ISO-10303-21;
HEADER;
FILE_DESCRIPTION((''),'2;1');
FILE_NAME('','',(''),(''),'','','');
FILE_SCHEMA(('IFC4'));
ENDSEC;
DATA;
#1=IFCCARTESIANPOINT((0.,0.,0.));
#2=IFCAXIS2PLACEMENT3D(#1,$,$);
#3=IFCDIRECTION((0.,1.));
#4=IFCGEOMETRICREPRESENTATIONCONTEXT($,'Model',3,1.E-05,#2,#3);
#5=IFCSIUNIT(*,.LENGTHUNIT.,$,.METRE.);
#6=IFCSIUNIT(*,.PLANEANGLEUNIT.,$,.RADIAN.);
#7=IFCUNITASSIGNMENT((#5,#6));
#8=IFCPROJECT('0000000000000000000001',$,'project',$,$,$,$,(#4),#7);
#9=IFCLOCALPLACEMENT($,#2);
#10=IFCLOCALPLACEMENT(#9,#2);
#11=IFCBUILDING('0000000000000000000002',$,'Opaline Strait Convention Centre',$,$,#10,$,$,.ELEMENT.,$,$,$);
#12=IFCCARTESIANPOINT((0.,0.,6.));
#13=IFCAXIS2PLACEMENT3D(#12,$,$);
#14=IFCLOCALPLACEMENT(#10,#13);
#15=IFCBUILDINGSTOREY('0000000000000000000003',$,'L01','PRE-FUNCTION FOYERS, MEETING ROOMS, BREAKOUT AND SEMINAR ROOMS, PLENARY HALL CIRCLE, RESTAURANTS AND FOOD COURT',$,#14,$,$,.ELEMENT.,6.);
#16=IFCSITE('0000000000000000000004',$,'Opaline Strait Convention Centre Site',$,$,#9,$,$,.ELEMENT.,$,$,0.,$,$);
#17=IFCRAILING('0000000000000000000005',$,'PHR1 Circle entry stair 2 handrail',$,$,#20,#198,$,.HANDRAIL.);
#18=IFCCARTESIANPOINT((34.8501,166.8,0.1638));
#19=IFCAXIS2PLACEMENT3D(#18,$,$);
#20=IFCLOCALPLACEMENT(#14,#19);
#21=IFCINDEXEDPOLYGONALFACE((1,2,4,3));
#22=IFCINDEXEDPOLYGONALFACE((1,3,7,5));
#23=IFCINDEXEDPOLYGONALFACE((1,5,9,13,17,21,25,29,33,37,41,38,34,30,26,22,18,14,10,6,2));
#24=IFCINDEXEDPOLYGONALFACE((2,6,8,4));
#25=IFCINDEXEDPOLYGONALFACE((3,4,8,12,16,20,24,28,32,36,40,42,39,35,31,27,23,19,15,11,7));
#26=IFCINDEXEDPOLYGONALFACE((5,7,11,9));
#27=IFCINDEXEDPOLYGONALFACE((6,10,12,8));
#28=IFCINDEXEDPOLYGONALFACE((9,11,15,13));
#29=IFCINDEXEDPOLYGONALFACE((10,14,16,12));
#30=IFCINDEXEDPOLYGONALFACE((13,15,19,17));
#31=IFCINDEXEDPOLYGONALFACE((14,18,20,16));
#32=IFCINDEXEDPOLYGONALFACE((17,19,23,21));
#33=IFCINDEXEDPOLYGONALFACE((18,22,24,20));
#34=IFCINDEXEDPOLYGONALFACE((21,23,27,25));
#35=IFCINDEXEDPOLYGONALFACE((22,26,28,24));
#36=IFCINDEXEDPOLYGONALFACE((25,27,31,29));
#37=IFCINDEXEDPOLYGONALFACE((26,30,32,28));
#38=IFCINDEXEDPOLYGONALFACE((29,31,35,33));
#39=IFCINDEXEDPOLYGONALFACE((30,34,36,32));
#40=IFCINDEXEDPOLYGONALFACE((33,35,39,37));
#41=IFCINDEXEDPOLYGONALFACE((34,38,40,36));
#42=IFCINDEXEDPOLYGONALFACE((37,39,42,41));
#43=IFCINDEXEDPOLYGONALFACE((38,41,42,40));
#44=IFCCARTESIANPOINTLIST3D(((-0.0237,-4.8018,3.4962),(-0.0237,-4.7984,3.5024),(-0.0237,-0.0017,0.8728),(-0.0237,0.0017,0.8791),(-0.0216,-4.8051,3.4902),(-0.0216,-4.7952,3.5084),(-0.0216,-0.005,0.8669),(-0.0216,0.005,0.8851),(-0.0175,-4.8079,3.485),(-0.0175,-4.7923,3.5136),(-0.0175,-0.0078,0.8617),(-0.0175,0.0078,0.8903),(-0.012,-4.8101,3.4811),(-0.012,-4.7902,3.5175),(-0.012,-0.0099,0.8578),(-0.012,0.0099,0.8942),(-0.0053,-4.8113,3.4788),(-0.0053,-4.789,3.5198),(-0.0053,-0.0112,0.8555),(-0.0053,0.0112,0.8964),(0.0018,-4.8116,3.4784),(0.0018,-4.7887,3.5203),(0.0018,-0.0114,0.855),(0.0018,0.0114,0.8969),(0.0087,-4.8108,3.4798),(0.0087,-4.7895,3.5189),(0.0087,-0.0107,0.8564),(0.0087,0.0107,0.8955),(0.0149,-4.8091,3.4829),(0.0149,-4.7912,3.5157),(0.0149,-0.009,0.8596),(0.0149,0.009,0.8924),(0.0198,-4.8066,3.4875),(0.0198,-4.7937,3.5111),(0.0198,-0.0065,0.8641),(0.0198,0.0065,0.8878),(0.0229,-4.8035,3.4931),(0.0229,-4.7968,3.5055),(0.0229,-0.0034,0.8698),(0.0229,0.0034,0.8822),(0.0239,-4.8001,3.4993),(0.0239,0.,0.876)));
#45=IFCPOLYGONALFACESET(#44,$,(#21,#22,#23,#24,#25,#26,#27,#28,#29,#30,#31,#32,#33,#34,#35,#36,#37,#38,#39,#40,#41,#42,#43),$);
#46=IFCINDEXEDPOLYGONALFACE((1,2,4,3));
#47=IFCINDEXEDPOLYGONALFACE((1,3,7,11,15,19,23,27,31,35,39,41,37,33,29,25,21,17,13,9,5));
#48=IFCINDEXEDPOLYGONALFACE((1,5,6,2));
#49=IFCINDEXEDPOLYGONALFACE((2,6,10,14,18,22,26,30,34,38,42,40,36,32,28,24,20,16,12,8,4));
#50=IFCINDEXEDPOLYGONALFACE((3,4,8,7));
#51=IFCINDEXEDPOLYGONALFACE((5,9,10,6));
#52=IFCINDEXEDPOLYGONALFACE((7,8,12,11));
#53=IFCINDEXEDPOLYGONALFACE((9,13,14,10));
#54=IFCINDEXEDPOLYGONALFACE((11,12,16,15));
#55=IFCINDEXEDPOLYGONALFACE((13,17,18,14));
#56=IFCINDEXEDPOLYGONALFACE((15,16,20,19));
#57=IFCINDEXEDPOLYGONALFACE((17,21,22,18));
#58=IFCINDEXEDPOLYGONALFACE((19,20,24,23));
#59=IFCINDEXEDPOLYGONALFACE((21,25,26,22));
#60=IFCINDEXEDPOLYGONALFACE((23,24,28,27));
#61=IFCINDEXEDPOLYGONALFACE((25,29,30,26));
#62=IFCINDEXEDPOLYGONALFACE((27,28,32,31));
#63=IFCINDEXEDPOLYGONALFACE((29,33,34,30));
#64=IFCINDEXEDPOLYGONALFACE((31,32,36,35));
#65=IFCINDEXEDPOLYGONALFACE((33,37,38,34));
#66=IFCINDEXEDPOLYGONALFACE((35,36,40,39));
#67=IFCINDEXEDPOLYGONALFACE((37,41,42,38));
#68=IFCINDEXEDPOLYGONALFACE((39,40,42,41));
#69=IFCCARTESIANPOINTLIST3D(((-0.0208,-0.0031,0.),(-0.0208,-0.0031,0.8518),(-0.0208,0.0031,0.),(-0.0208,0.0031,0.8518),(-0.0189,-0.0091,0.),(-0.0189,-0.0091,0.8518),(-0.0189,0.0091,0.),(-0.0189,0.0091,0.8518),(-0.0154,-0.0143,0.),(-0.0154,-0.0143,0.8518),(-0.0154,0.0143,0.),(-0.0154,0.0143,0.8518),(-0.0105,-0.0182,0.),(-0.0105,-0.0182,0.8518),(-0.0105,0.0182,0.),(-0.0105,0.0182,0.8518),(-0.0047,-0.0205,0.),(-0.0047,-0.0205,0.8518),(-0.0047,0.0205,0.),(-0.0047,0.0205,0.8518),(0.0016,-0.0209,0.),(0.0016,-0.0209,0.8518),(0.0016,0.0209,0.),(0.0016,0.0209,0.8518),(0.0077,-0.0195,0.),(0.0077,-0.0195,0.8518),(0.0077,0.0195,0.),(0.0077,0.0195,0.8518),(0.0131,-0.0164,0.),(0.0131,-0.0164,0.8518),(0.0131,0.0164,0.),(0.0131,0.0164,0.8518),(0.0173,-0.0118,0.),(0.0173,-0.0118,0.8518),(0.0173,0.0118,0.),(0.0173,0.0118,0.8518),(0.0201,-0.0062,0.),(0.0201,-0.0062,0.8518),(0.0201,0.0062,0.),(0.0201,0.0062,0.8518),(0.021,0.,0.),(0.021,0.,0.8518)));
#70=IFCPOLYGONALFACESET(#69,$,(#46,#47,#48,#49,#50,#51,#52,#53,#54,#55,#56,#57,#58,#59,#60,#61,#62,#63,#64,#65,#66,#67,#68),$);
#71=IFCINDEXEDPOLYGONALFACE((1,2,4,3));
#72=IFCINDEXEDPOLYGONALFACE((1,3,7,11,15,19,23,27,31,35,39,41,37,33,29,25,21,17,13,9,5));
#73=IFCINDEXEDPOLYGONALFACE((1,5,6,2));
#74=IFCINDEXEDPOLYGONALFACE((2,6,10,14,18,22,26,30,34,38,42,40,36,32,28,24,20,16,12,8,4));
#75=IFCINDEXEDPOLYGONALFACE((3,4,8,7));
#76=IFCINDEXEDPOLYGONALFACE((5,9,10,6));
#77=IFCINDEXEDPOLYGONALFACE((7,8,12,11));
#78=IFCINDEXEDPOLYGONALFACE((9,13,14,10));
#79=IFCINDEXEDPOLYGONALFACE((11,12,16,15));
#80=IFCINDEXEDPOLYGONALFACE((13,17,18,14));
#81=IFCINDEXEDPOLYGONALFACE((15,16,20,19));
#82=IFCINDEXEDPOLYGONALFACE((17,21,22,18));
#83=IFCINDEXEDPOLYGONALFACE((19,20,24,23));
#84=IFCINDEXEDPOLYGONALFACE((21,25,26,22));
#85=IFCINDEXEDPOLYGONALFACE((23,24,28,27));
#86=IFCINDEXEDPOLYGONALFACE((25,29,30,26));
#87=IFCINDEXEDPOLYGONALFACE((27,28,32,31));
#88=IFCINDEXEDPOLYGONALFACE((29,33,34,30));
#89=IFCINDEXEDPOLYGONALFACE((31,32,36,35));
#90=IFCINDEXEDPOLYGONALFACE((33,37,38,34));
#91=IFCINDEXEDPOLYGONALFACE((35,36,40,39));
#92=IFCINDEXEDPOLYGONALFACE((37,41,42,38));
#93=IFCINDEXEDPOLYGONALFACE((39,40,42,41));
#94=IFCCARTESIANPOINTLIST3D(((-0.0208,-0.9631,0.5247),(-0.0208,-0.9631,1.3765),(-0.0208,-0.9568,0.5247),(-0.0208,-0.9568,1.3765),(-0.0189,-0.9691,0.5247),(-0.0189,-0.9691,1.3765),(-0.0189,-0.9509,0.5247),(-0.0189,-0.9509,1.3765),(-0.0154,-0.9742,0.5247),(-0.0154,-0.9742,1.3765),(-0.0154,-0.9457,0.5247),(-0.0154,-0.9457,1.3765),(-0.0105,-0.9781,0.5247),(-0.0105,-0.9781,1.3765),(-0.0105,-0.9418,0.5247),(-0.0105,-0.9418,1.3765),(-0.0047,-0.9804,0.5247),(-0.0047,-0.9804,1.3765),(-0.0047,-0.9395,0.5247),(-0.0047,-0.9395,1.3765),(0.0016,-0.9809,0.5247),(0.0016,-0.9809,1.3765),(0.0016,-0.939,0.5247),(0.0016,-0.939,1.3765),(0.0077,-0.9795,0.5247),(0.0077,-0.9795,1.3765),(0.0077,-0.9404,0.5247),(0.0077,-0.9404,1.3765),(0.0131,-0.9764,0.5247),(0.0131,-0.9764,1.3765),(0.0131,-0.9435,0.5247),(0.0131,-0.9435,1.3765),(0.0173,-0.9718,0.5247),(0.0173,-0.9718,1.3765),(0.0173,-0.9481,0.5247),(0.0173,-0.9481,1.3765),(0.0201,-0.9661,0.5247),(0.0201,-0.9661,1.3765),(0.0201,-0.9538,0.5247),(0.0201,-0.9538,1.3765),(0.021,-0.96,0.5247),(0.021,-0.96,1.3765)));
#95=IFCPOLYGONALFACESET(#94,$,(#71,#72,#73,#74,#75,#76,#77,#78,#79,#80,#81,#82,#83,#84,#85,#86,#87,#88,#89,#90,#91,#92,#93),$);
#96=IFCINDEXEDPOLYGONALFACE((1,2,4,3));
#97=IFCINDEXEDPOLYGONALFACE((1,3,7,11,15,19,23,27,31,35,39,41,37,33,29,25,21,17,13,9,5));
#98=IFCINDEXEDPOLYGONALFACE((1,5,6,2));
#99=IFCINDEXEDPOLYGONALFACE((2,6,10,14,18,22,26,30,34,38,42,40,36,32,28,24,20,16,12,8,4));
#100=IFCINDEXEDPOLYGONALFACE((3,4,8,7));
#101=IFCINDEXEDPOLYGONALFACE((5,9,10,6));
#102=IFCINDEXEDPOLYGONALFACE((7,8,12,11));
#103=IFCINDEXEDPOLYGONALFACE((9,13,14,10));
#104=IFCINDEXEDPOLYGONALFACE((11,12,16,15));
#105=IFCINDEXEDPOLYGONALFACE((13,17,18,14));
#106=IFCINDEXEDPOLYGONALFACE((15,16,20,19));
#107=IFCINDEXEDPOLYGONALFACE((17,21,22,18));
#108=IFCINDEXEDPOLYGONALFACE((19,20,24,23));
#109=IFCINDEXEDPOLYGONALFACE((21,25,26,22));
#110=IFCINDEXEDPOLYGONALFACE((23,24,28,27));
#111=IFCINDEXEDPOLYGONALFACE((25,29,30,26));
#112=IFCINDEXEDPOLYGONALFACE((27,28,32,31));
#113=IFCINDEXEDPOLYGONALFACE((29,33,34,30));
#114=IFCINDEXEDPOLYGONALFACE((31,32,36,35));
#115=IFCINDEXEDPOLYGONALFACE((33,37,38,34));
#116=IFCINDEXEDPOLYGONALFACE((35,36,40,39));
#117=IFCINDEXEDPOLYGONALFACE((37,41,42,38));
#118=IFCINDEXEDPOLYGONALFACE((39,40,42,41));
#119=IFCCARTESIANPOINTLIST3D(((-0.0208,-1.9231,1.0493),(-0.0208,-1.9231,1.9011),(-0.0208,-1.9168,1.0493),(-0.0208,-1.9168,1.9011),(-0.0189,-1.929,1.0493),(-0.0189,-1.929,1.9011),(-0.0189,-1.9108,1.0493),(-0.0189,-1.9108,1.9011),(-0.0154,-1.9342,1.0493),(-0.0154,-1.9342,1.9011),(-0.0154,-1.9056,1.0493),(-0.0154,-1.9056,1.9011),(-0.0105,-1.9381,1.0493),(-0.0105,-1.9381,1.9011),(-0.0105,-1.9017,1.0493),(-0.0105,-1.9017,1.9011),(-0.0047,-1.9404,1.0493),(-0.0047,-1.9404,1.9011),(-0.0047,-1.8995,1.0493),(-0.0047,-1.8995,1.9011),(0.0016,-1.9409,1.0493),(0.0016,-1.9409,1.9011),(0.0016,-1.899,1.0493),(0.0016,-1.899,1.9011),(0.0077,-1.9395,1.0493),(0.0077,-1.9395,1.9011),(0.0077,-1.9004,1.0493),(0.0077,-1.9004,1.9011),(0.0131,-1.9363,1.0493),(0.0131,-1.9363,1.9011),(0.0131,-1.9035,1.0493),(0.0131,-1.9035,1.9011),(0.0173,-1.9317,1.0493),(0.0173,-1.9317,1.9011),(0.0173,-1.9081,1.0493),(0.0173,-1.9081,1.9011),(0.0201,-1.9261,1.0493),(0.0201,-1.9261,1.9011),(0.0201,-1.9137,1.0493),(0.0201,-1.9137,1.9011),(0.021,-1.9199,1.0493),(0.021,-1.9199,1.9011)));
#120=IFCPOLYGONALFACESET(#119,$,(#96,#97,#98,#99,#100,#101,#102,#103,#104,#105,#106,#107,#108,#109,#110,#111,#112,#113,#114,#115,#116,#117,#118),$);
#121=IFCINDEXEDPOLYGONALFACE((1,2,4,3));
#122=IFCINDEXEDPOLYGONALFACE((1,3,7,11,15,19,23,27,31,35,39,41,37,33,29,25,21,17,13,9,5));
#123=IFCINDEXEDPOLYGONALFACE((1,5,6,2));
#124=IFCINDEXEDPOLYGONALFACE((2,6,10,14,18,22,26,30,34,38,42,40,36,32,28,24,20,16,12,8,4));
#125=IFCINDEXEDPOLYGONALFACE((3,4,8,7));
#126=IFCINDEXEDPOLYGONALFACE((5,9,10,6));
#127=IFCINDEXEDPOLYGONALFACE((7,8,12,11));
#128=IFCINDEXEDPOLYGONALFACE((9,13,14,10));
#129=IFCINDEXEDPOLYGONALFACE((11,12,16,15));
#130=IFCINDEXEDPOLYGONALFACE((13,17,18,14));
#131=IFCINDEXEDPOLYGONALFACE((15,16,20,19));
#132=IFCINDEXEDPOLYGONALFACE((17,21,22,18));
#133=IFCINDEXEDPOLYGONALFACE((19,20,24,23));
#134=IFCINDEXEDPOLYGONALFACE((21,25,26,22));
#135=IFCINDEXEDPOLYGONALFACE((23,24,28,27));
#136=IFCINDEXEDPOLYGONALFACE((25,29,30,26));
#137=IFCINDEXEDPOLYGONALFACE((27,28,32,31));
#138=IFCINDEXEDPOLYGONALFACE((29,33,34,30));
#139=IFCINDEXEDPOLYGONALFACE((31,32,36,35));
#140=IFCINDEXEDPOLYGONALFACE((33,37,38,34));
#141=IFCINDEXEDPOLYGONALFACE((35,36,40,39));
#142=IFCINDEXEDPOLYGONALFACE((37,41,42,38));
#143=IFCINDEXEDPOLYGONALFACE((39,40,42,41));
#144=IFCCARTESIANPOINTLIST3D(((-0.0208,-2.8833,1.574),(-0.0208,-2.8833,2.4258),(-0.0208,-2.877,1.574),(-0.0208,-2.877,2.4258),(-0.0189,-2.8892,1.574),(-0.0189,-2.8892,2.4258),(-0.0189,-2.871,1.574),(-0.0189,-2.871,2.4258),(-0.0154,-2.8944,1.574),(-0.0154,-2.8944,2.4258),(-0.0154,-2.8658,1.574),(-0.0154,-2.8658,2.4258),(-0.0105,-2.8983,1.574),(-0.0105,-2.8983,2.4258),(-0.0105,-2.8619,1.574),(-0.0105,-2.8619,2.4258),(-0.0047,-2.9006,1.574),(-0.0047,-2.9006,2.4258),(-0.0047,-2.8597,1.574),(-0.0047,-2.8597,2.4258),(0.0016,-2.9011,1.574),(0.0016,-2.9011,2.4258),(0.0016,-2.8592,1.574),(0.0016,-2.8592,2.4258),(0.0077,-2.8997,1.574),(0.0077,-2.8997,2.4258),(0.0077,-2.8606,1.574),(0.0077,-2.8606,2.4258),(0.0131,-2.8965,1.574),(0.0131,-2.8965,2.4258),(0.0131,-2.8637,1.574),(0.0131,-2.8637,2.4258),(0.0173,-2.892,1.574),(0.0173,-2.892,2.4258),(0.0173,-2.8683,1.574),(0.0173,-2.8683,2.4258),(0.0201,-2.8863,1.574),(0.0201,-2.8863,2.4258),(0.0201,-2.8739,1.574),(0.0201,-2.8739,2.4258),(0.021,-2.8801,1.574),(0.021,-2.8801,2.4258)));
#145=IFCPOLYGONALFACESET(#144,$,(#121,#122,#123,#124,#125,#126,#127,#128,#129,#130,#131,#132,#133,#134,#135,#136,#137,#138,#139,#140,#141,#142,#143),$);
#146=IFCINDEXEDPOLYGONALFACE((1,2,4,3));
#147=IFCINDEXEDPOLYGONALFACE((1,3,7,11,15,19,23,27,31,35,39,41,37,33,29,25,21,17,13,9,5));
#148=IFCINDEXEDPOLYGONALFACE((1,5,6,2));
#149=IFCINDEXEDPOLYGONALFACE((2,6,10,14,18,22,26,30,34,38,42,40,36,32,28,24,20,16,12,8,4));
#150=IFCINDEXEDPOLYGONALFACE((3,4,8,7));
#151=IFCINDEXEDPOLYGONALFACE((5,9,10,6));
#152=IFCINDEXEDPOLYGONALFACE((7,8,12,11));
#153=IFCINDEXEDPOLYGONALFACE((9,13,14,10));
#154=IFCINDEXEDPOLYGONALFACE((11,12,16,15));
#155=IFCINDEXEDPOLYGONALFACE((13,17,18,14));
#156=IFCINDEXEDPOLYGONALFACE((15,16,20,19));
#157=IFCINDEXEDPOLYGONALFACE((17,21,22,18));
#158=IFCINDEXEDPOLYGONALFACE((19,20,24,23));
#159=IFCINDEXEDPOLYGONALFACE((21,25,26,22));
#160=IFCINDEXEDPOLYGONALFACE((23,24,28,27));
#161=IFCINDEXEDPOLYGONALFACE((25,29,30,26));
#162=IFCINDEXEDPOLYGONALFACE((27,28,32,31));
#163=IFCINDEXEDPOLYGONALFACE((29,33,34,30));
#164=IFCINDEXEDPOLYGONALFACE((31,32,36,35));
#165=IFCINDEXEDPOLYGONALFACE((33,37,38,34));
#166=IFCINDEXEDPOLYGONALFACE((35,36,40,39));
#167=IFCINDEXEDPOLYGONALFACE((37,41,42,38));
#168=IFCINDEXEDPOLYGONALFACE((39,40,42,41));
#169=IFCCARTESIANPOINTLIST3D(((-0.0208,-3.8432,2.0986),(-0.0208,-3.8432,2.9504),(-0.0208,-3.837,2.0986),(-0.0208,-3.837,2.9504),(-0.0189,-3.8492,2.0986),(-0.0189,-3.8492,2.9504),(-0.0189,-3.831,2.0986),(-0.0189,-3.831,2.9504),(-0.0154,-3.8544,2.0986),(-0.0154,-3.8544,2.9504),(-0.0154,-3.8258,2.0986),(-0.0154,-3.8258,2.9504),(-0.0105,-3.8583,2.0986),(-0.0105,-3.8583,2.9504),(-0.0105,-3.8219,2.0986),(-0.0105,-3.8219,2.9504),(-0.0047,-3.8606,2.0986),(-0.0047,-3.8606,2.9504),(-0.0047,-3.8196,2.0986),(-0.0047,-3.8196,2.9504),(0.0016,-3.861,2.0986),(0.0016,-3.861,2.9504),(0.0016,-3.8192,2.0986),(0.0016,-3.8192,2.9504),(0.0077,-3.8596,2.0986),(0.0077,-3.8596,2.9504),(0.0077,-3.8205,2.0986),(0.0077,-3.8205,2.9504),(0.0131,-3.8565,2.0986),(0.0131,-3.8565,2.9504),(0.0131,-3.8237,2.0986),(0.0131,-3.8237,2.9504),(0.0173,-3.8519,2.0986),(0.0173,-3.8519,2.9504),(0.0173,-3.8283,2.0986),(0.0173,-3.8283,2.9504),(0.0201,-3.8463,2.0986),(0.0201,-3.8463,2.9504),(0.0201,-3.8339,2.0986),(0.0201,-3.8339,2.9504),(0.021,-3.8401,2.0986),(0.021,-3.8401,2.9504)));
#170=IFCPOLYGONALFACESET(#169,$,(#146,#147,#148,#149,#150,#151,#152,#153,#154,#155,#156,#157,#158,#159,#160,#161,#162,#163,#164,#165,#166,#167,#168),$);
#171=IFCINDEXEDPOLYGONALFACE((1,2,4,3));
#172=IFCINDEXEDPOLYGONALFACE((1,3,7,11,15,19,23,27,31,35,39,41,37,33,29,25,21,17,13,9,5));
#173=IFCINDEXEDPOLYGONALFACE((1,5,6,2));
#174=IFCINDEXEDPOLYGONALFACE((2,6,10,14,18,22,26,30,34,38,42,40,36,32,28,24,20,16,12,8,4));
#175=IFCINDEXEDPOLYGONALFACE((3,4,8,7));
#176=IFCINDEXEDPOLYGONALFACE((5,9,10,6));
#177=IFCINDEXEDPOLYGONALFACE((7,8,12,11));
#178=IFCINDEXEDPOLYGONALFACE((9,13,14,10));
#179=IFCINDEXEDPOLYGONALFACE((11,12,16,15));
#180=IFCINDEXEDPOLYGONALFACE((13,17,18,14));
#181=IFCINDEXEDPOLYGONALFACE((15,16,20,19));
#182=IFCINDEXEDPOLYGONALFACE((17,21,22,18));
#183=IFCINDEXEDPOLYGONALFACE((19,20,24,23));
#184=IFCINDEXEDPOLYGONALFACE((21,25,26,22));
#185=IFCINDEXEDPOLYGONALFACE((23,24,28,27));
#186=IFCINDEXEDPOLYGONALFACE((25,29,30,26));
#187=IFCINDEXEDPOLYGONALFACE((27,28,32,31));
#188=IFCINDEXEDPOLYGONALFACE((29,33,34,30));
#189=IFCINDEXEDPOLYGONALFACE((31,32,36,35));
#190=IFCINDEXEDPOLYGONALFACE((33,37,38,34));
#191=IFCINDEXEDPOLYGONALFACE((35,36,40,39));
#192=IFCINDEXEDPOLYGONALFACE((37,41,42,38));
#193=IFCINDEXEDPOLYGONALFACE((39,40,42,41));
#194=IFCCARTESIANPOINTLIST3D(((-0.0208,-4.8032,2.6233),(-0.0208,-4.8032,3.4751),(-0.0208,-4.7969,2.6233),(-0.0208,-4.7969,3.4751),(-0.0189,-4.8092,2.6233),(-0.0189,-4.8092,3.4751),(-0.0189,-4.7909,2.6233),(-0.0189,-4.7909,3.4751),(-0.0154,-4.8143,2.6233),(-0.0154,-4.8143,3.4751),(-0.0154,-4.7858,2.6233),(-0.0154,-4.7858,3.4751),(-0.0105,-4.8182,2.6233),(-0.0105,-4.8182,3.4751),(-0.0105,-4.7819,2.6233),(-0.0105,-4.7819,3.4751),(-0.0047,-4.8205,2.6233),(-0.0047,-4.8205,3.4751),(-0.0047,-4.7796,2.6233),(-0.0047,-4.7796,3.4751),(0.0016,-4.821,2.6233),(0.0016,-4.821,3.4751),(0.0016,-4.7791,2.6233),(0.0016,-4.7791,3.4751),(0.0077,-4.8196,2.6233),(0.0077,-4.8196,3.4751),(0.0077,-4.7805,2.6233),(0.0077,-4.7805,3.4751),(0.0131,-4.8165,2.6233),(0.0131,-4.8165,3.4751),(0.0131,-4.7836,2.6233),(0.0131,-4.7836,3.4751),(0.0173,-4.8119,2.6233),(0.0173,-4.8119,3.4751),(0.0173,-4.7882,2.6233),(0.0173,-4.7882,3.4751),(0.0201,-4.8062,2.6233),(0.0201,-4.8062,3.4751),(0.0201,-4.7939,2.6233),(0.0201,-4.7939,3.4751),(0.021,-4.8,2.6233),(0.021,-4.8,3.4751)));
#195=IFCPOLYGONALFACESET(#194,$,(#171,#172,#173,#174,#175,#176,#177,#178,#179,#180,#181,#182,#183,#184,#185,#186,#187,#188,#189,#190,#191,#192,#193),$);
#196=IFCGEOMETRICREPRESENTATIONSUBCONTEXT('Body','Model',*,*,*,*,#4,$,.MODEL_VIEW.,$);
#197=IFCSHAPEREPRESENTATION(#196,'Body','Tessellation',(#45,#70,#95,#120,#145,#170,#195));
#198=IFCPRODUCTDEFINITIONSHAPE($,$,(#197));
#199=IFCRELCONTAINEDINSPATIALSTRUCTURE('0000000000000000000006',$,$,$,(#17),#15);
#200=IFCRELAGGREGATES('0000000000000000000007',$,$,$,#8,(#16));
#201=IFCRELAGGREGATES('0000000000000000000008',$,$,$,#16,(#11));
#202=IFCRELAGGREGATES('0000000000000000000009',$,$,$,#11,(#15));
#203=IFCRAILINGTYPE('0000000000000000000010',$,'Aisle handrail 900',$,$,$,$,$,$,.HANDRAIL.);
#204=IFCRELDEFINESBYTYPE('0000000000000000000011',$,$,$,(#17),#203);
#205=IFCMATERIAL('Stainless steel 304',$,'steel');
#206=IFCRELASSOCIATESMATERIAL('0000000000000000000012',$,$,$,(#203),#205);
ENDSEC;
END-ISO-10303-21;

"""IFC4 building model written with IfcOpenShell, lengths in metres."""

from ifc_helpers import new_model, si_unit, direction, frame, origin, origin_2d, place, context, subcontext, project, spatial, circle, extrude, material, type_object, element, save


model = new_model("IFC4")

# Units and contexts
model_context = context("Model", 3, precision=1e-05, world=origin(), true_north=direction((0.0, 1.0)))
body_context = subcontext(model_context, "Body", "Model", "MODEL_VIEW")
ifc_project = project(units=[si_unit("LENGTHUNIT", "METRE"), si_unit("PLANEANGLEUNIT", "RADIAN")], contexts=[model_context])

# Site, building, storey
site_placement = place(None, origin())
site = spatial("IfcSite", under=ifc_project, at=site_placement, Name="Opaline Strait Convention Centre Site", CompositionType="ELEMENT", RefElevation=0.0)
building_placement = place(site_placement, origin())
building = spatial("IfcBuilding", under=site, at=building_placement, Name="Opaline Strait Convention Centre", CompositionType="ELEMENT")
storey_placement = place(building_placement, frame((0.0, 0.0, 6.0)))
storey = spatial("IfcBuildingStorey", under=building, at=storey_placement, Name="L01", Description="PRE-FUNCTION FOYERS, MEETING ROOMS, BREAKOUT AND SEMINAR ROOMS, PLENARY HALL CIRCLE, RESTAURANTS AND FOOD COURT", CompositionType="ELEMENT", Elevation=6.0)

# Railing
ifc_material_1 = material(Name="Stainless steel 304", Category="steel")
railing_type_1 = type_object("IfcRailingType", Name="Aisle handrail 900", PredefinedType="HANDRAIL", material=ifc_material_1)
for number, where, name in (
    (1, (34.8501, 166.8, 0.1638), "PHR1 Circle entry stair 2 handrail"),
):
    element("IfcRailing", number, at=place(storey_placement, frame(where)), inside=storey, type_object=railing_type_1, Name=name, PredefinedType="HANDRAIL", context=body_context, shape_type="SweptSolid", body=[
        extrude(circle(Radius=0.0239, at=origin_2d()), frame((0.0, 0.0, 0.876), z_axis=(0.0, -0.877505, 0.479568), x_axis=(1.0, 0.0, 0.0)), (0.0, 0.0, 1.0), 5.4702),
        extrude(circle(Radius=0.021, at=origin_2d()), origin(), (0.0, 0.0, 1.0), 0.8518),
        extrude(circle(Radius=0.021, at=origin_2d()), frame((0.0, -0.96, 0.5247)), (0.0, 0.0, 1.0), 0.8518),
        extrude(circle(Radius=0.021, at=origin_2d()), frame((0.0, -1.9199, 1.0493)), (0.0, 0.0, 1.0), 0.8518),
        extrude(circle(Radius=0.021, at=origin_2d()), frame((0.0, -2.8801, 1.574)), (0.0, 0.0, 1.0), 0.8518),
        extrude(circle(Radius=0.021, at=origin_2d()), frame((0.0, -3.8401, 2.0986)), (0.0, 0.0, 1.0), 0.8518),
        extrude(circle(Radius=0.021, at=origin_2d()), frame((0.0, -4.8, 2.6233)), (0.0, 0.0, 1.0), 0.8518),
    ])

save(model, "model.ifc")
